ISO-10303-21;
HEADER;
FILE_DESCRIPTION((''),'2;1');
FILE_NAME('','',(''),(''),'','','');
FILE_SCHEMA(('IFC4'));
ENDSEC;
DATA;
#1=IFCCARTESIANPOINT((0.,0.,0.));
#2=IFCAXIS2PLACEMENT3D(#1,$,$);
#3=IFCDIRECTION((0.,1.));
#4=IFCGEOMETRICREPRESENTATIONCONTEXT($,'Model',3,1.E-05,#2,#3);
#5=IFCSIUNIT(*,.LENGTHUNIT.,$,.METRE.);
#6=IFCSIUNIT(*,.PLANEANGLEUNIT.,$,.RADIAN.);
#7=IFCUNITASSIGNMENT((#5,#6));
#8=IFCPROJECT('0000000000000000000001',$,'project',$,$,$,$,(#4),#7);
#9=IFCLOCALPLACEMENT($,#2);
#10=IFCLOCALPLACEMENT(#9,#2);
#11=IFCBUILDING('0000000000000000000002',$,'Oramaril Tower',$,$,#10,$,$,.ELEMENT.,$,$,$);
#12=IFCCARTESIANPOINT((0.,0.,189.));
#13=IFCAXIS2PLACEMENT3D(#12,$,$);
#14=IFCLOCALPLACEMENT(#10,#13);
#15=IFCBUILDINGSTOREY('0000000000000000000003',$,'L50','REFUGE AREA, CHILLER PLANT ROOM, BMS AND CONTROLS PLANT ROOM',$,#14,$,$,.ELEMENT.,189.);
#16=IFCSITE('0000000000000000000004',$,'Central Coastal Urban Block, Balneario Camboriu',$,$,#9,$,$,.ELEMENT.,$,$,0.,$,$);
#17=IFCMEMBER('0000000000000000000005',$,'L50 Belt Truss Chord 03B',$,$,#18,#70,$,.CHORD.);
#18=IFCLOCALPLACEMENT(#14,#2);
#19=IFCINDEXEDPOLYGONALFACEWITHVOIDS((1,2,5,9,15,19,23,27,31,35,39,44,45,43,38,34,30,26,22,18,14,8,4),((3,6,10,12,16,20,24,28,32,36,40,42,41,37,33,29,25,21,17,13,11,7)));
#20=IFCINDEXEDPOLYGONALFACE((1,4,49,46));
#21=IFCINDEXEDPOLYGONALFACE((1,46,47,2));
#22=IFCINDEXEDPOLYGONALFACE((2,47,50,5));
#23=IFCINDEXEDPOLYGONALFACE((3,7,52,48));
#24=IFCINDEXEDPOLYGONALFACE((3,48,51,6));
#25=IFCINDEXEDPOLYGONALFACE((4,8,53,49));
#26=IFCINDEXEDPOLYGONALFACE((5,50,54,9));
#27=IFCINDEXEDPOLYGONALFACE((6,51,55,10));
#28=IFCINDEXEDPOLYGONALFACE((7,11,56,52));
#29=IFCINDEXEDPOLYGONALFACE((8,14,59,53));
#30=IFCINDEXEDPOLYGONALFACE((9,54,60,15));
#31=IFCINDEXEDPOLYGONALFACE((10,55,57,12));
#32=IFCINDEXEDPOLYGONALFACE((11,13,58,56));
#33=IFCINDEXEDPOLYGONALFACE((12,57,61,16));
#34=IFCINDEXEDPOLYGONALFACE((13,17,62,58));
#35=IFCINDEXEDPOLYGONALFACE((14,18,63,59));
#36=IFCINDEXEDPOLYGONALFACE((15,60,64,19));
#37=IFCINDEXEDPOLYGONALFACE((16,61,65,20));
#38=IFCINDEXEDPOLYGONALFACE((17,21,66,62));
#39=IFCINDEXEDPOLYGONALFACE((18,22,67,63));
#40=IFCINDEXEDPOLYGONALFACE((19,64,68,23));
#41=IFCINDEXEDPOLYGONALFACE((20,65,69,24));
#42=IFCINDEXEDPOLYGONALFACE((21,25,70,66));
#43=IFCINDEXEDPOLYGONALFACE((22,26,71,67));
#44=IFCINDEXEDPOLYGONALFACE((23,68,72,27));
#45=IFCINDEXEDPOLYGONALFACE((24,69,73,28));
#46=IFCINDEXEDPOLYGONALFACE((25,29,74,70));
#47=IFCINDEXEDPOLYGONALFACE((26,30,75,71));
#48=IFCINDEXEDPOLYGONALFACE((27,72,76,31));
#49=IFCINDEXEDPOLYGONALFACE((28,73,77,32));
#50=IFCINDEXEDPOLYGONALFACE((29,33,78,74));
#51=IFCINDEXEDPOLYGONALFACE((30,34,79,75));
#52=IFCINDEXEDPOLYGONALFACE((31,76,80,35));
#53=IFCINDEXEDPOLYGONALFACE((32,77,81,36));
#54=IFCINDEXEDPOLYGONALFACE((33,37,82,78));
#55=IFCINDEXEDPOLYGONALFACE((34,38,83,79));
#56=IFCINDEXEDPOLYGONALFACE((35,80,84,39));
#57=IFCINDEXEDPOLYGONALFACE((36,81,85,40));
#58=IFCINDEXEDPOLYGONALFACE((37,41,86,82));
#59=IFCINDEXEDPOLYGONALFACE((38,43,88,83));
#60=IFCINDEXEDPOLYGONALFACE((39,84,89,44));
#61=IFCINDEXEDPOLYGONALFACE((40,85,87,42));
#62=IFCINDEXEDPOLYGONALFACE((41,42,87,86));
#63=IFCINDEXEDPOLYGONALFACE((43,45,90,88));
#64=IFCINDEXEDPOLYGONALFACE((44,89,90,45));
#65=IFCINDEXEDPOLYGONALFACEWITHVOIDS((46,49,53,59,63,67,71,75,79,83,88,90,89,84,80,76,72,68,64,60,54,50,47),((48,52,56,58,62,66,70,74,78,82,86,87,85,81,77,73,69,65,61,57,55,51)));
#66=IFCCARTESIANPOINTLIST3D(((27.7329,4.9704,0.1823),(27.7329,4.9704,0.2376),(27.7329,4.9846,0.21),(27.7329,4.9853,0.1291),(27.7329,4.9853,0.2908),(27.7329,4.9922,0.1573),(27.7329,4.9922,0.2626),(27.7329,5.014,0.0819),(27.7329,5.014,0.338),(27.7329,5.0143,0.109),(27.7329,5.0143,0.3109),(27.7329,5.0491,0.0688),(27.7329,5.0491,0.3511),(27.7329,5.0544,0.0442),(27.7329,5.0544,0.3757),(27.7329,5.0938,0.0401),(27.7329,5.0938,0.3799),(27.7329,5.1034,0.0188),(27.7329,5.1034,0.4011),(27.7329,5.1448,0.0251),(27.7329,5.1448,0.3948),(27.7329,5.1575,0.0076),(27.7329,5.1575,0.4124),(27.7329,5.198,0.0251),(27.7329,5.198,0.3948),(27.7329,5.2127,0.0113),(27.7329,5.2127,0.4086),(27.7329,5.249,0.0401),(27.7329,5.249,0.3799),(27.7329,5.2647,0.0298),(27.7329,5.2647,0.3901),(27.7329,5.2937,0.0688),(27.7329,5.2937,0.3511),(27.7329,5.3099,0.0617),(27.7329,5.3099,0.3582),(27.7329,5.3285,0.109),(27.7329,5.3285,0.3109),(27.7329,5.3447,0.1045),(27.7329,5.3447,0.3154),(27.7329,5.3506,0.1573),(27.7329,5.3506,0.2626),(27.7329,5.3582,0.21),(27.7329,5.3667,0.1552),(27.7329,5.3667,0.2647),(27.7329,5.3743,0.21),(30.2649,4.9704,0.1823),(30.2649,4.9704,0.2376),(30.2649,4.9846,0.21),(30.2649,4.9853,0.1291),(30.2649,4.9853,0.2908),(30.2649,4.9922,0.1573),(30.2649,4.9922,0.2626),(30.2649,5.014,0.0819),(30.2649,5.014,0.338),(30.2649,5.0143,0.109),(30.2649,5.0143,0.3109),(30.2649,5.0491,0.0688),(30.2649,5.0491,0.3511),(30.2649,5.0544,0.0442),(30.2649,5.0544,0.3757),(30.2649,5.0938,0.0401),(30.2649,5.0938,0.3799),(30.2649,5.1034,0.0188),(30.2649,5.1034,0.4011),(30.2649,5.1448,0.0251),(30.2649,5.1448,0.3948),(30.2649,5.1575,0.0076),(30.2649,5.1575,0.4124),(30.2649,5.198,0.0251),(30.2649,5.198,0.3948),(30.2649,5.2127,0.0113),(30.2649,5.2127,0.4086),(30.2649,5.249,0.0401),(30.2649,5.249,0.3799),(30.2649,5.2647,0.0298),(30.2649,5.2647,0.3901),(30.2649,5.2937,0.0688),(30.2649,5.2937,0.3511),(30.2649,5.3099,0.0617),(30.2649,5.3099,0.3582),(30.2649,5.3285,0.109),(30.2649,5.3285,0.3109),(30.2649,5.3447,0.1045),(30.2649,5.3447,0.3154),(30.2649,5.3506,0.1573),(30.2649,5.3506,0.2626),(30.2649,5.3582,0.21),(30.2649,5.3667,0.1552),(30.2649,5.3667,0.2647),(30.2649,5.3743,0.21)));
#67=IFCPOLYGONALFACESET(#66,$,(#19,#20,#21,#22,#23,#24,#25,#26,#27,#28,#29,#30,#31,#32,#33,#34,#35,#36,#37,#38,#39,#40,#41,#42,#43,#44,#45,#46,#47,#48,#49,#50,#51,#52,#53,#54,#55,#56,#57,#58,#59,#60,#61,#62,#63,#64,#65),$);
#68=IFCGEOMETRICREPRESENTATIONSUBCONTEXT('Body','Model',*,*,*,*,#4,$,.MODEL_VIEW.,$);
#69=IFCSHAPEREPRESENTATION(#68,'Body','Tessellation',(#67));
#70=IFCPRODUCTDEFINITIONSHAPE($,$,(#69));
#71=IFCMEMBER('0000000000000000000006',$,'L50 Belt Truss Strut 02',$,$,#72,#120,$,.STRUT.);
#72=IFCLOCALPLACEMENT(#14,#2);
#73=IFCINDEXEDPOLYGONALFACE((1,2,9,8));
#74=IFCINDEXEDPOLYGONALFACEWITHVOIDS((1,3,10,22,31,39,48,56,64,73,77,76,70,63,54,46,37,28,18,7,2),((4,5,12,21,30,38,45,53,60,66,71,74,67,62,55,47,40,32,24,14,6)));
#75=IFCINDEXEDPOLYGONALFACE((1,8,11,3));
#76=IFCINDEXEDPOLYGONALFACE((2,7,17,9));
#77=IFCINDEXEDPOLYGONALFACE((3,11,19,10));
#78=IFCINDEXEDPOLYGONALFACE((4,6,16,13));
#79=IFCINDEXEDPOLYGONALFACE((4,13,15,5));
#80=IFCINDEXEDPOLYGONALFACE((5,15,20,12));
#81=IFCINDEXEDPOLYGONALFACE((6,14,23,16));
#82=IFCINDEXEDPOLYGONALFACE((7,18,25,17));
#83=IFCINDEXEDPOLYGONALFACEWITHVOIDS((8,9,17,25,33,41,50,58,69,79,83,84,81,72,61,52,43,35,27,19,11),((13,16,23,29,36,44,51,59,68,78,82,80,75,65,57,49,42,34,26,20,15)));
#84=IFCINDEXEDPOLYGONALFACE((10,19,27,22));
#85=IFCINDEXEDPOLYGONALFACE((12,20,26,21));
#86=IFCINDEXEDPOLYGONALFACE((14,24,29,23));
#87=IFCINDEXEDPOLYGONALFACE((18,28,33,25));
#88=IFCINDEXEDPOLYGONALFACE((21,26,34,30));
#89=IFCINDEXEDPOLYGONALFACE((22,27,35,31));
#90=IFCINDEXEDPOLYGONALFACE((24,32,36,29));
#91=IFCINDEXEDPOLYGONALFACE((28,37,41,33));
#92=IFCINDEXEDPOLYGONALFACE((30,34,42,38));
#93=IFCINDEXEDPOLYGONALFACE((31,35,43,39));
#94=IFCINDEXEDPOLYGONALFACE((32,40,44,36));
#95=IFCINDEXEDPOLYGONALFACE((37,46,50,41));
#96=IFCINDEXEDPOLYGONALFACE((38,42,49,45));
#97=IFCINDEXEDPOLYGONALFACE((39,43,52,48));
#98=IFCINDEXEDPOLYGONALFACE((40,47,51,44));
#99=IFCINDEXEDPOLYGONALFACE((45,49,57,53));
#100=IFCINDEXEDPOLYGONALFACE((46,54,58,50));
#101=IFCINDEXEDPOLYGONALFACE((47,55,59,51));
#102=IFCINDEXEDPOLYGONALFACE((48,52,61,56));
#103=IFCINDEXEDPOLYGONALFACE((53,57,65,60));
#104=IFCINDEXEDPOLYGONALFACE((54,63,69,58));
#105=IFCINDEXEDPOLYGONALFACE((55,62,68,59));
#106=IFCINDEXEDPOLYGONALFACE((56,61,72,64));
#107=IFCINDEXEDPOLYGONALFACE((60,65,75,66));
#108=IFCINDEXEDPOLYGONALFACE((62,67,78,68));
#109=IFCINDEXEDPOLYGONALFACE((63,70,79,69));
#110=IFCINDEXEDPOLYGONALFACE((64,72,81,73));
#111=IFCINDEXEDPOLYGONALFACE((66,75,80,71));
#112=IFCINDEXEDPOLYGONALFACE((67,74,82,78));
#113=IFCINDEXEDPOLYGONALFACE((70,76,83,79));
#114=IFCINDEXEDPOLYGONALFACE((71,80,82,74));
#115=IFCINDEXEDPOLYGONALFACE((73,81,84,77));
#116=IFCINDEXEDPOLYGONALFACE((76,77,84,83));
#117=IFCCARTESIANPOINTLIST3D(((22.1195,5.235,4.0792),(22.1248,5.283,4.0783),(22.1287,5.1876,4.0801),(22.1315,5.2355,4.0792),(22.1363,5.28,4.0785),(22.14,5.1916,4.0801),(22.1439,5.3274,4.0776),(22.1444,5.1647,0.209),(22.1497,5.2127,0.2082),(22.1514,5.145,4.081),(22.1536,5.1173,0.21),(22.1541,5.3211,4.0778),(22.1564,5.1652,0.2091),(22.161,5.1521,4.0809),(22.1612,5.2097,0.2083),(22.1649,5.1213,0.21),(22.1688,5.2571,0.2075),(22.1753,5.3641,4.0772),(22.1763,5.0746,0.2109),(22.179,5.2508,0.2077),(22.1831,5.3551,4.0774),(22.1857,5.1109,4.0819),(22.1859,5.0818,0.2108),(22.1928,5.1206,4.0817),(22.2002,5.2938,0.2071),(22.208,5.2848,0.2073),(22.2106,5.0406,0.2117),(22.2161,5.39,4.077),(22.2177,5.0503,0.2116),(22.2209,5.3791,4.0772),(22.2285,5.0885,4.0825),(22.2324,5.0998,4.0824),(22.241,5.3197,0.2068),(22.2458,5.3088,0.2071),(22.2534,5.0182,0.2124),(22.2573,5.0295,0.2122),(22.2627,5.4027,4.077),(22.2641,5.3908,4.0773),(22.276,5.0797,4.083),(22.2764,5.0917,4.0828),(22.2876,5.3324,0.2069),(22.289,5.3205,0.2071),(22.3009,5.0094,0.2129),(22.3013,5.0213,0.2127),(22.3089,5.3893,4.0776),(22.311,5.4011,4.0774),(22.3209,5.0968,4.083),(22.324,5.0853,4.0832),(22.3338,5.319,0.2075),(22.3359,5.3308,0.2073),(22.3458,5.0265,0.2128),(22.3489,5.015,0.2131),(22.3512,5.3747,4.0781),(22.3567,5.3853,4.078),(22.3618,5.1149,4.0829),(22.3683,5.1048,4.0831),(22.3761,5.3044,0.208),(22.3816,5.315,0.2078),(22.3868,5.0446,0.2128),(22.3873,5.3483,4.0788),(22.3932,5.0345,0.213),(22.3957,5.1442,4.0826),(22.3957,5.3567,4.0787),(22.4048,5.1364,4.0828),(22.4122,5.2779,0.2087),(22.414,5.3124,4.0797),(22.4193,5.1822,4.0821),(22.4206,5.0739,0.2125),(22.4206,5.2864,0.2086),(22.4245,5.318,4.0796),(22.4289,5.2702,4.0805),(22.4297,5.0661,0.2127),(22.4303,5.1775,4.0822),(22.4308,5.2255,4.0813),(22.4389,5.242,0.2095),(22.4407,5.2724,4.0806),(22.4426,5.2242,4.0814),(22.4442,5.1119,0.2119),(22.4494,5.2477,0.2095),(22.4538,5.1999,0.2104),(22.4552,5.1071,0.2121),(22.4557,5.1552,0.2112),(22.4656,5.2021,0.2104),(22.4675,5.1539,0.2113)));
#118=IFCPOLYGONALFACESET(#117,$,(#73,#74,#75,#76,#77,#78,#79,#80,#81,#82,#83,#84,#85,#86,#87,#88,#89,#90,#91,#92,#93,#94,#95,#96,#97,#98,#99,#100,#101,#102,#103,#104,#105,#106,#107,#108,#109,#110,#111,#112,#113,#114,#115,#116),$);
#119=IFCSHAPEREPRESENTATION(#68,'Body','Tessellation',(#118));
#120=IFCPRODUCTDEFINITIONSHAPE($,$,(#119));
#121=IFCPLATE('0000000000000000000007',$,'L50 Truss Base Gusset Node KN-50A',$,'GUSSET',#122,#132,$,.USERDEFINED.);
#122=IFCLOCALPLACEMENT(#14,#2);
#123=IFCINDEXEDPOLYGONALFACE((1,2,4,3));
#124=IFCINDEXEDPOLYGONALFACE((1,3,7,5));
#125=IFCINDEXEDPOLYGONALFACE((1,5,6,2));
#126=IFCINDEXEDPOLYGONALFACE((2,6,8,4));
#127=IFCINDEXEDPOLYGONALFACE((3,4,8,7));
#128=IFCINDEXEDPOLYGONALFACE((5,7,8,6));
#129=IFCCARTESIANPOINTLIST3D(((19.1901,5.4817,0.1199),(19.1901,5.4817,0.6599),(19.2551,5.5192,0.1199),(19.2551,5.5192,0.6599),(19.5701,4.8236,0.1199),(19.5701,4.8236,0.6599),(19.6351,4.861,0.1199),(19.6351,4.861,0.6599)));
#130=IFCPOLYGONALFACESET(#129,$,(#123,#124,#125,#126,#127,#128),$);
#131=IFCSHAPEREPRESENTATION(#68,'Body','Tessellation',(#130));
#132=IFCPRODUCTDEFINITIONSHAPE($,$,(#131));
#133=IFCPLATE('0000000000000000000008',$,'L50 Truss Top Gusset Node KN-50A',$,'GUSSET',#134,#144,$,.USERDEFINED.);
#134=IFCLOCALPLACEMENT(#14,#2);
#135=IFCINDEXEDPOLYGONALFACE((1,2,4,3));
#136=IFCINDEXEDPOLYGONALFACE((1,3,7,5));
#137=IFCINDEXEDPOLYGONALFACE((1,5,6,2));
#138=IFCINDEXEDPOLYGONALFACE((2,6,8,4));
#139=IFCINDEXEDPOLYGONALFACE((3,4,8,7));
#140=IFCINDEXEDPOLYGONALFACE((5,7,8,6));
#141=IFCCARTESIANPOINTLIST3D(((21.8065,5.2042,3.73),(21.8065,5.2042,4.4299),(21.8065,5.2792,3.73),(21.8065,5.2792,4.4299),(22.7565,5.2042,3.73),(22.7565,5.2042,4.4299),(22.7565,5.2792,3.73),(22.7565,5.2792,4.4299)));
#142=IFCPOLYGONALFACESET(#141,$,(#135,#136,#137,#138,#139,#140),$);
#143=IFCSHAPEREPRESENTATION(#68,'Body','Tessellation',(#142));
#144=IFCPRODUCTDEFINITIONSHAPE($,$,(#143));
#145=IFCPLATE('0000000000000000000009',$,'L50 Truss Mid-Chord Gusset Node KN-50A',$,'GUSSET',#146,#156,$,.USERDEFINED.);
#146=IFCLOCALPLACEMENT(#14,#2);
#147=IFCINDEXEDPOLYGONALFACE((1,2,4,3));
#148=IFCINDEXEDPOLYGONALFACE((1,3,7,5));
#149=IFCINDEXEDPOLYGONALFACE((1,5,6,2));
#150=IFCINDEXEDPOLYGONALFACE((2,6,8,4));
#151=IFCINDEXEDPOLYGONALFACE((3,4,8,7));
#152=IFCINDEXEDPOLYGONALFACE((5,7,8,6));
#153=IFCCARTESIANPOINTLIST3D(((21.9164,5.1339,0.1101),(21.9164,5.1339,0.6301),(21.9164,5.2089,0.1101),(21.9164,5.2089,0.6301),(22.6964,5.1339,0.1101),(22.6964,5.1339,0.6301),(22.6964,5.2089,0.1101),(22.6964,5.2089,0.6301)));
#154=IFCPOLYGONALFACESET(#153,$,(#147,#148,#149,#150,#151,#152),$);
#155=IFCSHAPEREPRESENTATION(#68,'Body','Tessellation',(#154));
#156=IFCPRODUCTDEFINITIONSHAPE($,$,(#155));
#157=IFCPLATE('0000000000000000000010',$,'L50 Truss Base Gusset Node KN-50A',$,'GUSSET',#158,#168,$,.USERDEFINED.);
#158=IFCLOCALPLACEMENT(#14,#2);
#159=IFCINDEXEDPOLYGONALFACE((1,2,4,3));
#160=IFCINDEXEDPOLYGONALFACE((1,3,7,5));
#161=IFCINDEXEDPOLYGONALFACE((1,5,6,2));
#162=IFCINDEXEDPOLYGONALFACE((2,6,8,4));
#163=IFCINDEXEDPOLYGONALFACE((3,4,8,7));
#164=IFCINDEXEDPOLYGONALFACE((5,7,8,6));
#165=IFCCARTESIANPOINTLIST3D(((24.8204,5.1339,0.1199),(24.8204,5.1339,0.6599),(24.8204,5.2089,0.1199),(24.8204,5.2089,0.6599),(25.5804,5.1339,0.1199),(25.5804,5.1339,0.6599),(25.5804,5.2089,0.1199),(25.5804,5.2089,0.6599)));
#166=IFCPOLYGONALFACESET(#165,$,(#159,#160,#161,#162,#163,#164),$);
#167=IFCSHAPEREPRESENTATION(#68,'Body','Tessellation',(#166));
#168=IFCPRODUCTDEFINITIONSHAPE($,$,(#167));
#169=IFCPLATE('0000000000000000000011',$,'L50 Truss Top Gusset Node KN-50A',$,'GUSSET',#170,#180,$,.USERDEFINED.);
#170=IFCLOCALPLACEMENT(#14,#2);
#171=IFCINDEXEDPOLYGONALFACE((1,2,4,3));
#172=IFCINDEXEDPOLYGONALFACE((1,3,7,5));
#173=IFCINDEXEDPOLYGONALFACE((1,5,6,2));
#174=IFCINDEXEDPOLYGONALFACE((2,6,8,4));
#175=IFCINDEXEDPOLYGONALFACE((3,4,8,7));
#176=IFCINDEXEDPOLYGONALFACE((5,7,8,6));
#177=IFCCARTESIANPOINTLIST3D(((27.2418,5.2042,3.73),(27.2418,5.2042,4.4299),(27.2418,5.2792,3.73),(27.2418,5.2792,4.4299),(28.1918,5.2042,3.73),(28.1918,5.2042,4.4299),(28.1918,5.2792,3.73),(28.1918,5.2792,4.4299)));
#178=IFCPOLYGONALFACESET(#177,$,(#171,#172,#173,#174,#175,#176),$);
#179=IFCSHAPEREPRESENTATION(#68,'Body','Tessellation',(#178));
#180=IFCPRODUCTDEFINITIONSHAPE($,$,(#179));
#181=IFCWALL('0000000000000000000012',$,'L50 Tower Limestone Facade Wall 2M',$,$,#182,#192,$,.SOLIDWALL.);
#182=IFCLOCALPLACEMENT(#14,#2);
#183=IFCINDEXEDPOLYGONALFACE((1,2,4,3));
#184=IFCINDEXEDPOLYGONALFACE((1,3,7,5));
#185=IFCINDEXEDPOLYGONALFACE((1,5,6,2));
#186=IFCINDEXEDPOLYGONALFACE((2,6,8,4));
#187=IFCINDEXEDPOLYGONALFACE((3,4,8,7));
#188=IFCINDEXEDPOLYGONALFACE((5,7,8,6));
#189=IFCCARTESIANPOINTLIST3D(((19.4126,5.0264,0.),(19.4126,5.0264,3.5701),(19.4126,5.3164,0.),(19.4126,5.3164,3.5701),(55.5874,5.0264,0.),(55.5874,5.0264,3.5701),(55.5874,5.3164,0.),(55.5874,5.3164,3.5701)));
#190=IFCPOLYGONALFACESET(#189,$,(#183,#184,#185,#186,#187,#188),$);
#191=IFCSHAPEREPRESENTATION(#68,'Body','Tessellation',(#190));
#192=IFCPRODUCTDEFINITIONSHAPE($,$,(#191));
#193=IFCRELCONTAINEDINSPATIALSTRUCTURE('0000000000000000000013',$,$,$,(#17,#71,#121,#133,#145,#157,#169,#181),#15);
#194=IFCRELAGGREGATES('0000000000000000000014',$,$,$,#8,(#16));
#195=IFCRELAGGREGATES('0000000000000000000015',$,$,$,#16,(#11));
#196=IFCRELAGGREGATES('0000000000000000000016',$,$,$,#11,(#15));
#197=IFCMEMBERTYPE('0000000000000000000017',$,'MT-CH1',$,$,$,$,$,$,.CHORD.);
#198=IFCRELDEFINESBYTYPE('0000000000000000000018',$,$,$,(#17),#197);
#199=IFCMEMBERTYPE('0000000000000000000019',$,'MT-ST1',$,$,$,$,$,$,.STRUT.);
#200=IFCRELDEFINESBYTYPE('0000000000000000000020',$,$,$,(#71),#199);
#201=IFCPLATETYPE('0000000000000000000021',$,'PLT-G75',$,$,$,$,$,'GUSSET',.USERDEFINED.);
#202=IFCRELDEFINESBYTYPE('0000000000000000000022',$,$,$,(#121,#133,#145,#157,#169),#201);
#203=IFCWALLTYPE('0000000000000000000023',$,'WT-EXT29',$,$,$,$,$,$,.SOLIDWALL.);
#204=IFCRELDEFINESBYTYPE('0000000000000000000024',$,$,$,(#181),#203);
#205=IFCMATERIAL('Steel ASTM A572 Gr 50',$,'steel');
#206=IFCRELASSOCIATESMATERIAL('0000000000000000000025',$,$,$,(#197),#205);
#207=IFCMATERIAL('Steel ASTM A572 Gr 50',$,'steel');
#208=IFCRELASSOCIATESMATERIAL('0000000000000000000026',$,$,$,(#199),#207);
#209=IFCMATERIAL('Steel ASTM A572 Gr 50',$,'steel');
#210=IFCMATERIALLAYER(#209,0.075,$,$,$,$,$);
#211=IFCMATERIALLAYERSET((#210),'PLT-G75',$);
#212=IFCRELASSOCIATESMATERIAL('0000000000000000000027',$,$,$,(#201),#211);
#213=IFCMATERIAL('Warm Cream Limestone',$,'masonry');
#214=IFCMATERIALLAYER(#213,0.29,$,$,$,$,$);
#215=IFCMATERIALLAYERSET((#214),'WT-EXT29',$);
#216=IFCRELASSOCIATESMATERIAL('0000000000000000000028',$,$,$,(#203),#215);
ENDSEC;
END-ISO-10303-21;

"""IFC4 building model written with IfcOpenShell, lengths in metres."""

from ifc_helpers import new_model, si_unit, direction, frame, frame_2d, origin, origin_2d, place, context, subcontext, project, spatial, rectangle, hollow_circle, extrude, material, layer, layer_set, material_profile, profile_set, type_object, element, save


model = new_model("IFC4")

# Units and contexts
model_context = context("Model", 3, precision=1e-05, world=origin(), true_north=direction((0.0, 1.0)))
body_context = subcontext(model_context, "Body", "Model", "MODEL_VIEW")
ifc_project = project(units=[si_unit("LENGTHUNIT", "METRE"), si_unit("PLANEANGLEUNIT", "RADIAN")], contexts=[model_context])

# Site, building, storey
site_placement = place(None, origin())
site = spatial("IfcSite", under=ifc_project, at=site_placement, Name="Central Coastal Urban Block, Balneario Camboriu", CompositionType="ELEMENT", RefElevation=0.0)
building_placement = place(site_placement, origin())
building = spatial("IfcBuilding", under=site, at=building_placement, Name="Oramaril Tower", CompositionType="ELEMENT")
storey_placement = place(building_placement, frame((0.0, 0.0, 189.0)))
storey = spatial("IfcBuildingStorey", under=building, at=storey_placement, Name="L50", Description="REFUGE AREA, CHILLER PLANT ROOM, BMS AND CONTROLS PLANT ROOM", CompositionType="ELEMENT", Elevation=189.0)

# Members
ifc_material_1 = material(Name="Steel ASTM A572 Gr 50", Category="steel")
ifc_material_profile_1 = material_profile(ifc_material_1, hollow_circle(Radius=0.2029, WallThickness=0.0161, at=origin_2d()), Name="CHS406X16")
ifc_profile_set_1 = profile_set([ifc_material_profile_1], Name="Steel ASTM A572 Gr 50")
member_type_1 = type_object("IfcMemberType", Name="MT-CH1", PredefinedType="CHORD", material=ifc_profile_set_1)
member_1_placement = place(storey_placement, frame((27.7329, 5.1714, 0.21), z_axis=(1.0, 0.0, 0.0), x_axis=(0.0, 1.0, 0.0)))
element("IfcMember", 1, at=member_1_placement, inside=storey, type_object=member_type_1, Name="L50 Belt Truss Chord 03B", PredefinedType="CHORD", context=body_context, shape_type="SweptSolid", body=[
    extrude(hollow_circle(Radius=0.2029, WallThickness=0.0161, at=origin_2d()), origin(), (0.0, 0.0, 1.0), 2.532),
])
ifc_material_2 = material(Name="Steel ASTM A572 Gr 50", Category="steel")
ifc_material_profile_2 = material_profile(ifc_material_2, hollow_circle(Radius=0.1621, WallThickness=0.012, at=origin_2d()), Name="CHS324X12")
ifc_profile_set_2 = profile_set([ifc_material_profile_2], Name="Steel ASTM A572 Gr 50")
member_type_2 = type_object("IfcMemberType", Name="MT-ST1", PredefinedType="STRUT", material=ifc_profile_set_2)
member_2_placement = place(storey_placement, frame((22.3064, 5.1714, 0.21), z_axis=(-0.006433, 0.018165, 0.999814), x_axis=(-0.942627, -0.333847, 0.0)))
element("IfcMember", 2, at=member_2_placement, inside=storey, type_object=member_type_2, Name="L50 Belt Truss Strut 02", PredefinedType="STRUT", context=body_context, shape_type="SweptSolid", body=[
    extrude(hollow_circle(Radius=0.1621, WallThickness=0.012, at=origin_2d()), origin(), (0.0, 0.0, 1.0), 3.8708),
])

# Plates
ifc_material_3 = material(Name="Steel ASTM A572 Gr 50", Category="steel")
ifc_layer_1 = layer(ifc_material_3, 0.075)
ifc_layer_set_1 = layer_set([ifc_layer_1], Name="PLT-G75")
plate_type = type_object("IfcPlateType", Name="PLT-G75", ElementType="GUSSET", PredefinedType="USERDEFINED", material=ifc_layer_set_1)
plate_1_placement = place(storey_placement, frame((19.4126, 5.1714, 0.1199), z_axis=(0.0, 0.0, 1.0), x_axis=(0.499998, -0.866026, 0.0)))
element("IfcPlate", 3, at=plate_1_placement, inside=storey, type_object=plate_type, Name="L50 Truss Base Gusset Node KN-50A", ObjectType="GUSSET", PredefinedType="USERDEFINED", context=body_context, shape_type="SweptSolid", body=[
    extrude(rectangle(XDim=0.76, YDim=0.075, at=origin_2d()), origin(), (0.0, 0.0, 1.0), 0.54),
])
plate_2_placement = place(storey_placement, frame((22.2815, 5.2417, 3.73), z_axis=(0.0, 0.0, 1.0), x_axis=(1.0, 0.0, 0.0)))
element("IfcPlate", 4, at=plate_2_placement, inside=storey, type_object=plate_type, Name="L50 Truss Top Gusset Node KN-50A", ObjectType="GUSSET", PredefinedType="USERDEFINED", context=body_context, shape_type="SweptSolid", body=[
    extrude(rectangle(XDim=0.95, YDim=0.075, at=origin_2d()), origin(), (0.0, 0.0, 1.0), 0.7),
])
plate_3_placement = place(storey_placement, frame((22.3064, 5.1714, 0.1101), z_axis=(0.0, 0.0, 1.0), x_axis=(1.0, 0.0, 0.0)))
element("IfcPlate", 5, at=plate_3_placement, inside=storey, type_object=plate_type, Name="L50 Truss Mid-Chord Gusset Node KN-50A", ObjectType="GUSSET", PredefinedType="USERDEFINED", context=body_context, shape_type="SweptSolid", body=[
    extrude(rectangle(XDim=0.78, YDim=0.075, at=origin_2d()), origin(), (0.0, 0.0, 1.0), 0.52),
])
plate_4_placement = place(storey_placement, frame((25.2004, 5.1714, 0.1199), z_axis=(0.0, 0.0, 1.0), x_axis=(1.0, 0.0, 0.0)))
element("IfcPlate", 6, at=plate_4_placement, inside=storey, type_object=plate_type, Name="L50 Truss Base Gusset Node KN-50A", ObjectType="GUSSET", PredefinedType="USERDEFINED", context=body_context, shape_type="SweptSolid", body=[
    extrude(rectangle(XDim=0.76, YDim=0.075, at=origin_2d()), origin(), (0.0, 0.0, 1.0), 0.54),
])
plate_5_placement = place(storey_placement, frame((27.7168, 5.2417, 3.73), z_axis=(0.0, 0.0, 1.0), x_axis=(1.0, 0.0, 0.0)))
element("IfcPlate", 7, at=plate_5_placement, inside=storey, type_object=plate_type, Name="L50 Truss Top Gusset Node KN-50A", ObjectType="GUSSET", PredefinedType="USERDEFINED", context=body_context, shape_type="SweptSolid", body=[
    extrude(rectangle(XDim=0.95, YDim=0.075, at=origin_2d()), origin(), (0.0, 0.0, 1.0), 0.7),
])

# Wall
ifc_material_4 = material(Name="Warm Cream Limestone", Category="masonry")
ifc_layer_2 = layer(ifc_material_4, 0.29)
ifc_layer_set_2 = layer_set([ifc_layer_2], Name="WT-EXT29")
wall_type_1 = type_object("IfcWallType", Name="WT-EXT29", PredefinedType="SOLIDWALL", material=ifc_layer_set_2)
wall_1_placement = place(storey_placement, frame((19.4126, 5.1714, 0.0), z_axis=(0.0, 0.0, 1.0), x_axis=(1.0, 0.0, 0.0)))
element("IfcWall", 8, at=wall_1_placement, inside=storey, type_object=wall_type_1, Name="L50 Tower Limestone Facade Wall 2M", PredefinedType="SOLIDWALL", context=body_context, shape_type="SweptSolid", body=[
    extrude(rectangle(XDim=36.1748, YDim=0.29, at=frame_2d((18.0874, 0.0))), origin(), (0.0, 0.0, 1.0), 3.5701),
])

save(model, "model.ifc")
